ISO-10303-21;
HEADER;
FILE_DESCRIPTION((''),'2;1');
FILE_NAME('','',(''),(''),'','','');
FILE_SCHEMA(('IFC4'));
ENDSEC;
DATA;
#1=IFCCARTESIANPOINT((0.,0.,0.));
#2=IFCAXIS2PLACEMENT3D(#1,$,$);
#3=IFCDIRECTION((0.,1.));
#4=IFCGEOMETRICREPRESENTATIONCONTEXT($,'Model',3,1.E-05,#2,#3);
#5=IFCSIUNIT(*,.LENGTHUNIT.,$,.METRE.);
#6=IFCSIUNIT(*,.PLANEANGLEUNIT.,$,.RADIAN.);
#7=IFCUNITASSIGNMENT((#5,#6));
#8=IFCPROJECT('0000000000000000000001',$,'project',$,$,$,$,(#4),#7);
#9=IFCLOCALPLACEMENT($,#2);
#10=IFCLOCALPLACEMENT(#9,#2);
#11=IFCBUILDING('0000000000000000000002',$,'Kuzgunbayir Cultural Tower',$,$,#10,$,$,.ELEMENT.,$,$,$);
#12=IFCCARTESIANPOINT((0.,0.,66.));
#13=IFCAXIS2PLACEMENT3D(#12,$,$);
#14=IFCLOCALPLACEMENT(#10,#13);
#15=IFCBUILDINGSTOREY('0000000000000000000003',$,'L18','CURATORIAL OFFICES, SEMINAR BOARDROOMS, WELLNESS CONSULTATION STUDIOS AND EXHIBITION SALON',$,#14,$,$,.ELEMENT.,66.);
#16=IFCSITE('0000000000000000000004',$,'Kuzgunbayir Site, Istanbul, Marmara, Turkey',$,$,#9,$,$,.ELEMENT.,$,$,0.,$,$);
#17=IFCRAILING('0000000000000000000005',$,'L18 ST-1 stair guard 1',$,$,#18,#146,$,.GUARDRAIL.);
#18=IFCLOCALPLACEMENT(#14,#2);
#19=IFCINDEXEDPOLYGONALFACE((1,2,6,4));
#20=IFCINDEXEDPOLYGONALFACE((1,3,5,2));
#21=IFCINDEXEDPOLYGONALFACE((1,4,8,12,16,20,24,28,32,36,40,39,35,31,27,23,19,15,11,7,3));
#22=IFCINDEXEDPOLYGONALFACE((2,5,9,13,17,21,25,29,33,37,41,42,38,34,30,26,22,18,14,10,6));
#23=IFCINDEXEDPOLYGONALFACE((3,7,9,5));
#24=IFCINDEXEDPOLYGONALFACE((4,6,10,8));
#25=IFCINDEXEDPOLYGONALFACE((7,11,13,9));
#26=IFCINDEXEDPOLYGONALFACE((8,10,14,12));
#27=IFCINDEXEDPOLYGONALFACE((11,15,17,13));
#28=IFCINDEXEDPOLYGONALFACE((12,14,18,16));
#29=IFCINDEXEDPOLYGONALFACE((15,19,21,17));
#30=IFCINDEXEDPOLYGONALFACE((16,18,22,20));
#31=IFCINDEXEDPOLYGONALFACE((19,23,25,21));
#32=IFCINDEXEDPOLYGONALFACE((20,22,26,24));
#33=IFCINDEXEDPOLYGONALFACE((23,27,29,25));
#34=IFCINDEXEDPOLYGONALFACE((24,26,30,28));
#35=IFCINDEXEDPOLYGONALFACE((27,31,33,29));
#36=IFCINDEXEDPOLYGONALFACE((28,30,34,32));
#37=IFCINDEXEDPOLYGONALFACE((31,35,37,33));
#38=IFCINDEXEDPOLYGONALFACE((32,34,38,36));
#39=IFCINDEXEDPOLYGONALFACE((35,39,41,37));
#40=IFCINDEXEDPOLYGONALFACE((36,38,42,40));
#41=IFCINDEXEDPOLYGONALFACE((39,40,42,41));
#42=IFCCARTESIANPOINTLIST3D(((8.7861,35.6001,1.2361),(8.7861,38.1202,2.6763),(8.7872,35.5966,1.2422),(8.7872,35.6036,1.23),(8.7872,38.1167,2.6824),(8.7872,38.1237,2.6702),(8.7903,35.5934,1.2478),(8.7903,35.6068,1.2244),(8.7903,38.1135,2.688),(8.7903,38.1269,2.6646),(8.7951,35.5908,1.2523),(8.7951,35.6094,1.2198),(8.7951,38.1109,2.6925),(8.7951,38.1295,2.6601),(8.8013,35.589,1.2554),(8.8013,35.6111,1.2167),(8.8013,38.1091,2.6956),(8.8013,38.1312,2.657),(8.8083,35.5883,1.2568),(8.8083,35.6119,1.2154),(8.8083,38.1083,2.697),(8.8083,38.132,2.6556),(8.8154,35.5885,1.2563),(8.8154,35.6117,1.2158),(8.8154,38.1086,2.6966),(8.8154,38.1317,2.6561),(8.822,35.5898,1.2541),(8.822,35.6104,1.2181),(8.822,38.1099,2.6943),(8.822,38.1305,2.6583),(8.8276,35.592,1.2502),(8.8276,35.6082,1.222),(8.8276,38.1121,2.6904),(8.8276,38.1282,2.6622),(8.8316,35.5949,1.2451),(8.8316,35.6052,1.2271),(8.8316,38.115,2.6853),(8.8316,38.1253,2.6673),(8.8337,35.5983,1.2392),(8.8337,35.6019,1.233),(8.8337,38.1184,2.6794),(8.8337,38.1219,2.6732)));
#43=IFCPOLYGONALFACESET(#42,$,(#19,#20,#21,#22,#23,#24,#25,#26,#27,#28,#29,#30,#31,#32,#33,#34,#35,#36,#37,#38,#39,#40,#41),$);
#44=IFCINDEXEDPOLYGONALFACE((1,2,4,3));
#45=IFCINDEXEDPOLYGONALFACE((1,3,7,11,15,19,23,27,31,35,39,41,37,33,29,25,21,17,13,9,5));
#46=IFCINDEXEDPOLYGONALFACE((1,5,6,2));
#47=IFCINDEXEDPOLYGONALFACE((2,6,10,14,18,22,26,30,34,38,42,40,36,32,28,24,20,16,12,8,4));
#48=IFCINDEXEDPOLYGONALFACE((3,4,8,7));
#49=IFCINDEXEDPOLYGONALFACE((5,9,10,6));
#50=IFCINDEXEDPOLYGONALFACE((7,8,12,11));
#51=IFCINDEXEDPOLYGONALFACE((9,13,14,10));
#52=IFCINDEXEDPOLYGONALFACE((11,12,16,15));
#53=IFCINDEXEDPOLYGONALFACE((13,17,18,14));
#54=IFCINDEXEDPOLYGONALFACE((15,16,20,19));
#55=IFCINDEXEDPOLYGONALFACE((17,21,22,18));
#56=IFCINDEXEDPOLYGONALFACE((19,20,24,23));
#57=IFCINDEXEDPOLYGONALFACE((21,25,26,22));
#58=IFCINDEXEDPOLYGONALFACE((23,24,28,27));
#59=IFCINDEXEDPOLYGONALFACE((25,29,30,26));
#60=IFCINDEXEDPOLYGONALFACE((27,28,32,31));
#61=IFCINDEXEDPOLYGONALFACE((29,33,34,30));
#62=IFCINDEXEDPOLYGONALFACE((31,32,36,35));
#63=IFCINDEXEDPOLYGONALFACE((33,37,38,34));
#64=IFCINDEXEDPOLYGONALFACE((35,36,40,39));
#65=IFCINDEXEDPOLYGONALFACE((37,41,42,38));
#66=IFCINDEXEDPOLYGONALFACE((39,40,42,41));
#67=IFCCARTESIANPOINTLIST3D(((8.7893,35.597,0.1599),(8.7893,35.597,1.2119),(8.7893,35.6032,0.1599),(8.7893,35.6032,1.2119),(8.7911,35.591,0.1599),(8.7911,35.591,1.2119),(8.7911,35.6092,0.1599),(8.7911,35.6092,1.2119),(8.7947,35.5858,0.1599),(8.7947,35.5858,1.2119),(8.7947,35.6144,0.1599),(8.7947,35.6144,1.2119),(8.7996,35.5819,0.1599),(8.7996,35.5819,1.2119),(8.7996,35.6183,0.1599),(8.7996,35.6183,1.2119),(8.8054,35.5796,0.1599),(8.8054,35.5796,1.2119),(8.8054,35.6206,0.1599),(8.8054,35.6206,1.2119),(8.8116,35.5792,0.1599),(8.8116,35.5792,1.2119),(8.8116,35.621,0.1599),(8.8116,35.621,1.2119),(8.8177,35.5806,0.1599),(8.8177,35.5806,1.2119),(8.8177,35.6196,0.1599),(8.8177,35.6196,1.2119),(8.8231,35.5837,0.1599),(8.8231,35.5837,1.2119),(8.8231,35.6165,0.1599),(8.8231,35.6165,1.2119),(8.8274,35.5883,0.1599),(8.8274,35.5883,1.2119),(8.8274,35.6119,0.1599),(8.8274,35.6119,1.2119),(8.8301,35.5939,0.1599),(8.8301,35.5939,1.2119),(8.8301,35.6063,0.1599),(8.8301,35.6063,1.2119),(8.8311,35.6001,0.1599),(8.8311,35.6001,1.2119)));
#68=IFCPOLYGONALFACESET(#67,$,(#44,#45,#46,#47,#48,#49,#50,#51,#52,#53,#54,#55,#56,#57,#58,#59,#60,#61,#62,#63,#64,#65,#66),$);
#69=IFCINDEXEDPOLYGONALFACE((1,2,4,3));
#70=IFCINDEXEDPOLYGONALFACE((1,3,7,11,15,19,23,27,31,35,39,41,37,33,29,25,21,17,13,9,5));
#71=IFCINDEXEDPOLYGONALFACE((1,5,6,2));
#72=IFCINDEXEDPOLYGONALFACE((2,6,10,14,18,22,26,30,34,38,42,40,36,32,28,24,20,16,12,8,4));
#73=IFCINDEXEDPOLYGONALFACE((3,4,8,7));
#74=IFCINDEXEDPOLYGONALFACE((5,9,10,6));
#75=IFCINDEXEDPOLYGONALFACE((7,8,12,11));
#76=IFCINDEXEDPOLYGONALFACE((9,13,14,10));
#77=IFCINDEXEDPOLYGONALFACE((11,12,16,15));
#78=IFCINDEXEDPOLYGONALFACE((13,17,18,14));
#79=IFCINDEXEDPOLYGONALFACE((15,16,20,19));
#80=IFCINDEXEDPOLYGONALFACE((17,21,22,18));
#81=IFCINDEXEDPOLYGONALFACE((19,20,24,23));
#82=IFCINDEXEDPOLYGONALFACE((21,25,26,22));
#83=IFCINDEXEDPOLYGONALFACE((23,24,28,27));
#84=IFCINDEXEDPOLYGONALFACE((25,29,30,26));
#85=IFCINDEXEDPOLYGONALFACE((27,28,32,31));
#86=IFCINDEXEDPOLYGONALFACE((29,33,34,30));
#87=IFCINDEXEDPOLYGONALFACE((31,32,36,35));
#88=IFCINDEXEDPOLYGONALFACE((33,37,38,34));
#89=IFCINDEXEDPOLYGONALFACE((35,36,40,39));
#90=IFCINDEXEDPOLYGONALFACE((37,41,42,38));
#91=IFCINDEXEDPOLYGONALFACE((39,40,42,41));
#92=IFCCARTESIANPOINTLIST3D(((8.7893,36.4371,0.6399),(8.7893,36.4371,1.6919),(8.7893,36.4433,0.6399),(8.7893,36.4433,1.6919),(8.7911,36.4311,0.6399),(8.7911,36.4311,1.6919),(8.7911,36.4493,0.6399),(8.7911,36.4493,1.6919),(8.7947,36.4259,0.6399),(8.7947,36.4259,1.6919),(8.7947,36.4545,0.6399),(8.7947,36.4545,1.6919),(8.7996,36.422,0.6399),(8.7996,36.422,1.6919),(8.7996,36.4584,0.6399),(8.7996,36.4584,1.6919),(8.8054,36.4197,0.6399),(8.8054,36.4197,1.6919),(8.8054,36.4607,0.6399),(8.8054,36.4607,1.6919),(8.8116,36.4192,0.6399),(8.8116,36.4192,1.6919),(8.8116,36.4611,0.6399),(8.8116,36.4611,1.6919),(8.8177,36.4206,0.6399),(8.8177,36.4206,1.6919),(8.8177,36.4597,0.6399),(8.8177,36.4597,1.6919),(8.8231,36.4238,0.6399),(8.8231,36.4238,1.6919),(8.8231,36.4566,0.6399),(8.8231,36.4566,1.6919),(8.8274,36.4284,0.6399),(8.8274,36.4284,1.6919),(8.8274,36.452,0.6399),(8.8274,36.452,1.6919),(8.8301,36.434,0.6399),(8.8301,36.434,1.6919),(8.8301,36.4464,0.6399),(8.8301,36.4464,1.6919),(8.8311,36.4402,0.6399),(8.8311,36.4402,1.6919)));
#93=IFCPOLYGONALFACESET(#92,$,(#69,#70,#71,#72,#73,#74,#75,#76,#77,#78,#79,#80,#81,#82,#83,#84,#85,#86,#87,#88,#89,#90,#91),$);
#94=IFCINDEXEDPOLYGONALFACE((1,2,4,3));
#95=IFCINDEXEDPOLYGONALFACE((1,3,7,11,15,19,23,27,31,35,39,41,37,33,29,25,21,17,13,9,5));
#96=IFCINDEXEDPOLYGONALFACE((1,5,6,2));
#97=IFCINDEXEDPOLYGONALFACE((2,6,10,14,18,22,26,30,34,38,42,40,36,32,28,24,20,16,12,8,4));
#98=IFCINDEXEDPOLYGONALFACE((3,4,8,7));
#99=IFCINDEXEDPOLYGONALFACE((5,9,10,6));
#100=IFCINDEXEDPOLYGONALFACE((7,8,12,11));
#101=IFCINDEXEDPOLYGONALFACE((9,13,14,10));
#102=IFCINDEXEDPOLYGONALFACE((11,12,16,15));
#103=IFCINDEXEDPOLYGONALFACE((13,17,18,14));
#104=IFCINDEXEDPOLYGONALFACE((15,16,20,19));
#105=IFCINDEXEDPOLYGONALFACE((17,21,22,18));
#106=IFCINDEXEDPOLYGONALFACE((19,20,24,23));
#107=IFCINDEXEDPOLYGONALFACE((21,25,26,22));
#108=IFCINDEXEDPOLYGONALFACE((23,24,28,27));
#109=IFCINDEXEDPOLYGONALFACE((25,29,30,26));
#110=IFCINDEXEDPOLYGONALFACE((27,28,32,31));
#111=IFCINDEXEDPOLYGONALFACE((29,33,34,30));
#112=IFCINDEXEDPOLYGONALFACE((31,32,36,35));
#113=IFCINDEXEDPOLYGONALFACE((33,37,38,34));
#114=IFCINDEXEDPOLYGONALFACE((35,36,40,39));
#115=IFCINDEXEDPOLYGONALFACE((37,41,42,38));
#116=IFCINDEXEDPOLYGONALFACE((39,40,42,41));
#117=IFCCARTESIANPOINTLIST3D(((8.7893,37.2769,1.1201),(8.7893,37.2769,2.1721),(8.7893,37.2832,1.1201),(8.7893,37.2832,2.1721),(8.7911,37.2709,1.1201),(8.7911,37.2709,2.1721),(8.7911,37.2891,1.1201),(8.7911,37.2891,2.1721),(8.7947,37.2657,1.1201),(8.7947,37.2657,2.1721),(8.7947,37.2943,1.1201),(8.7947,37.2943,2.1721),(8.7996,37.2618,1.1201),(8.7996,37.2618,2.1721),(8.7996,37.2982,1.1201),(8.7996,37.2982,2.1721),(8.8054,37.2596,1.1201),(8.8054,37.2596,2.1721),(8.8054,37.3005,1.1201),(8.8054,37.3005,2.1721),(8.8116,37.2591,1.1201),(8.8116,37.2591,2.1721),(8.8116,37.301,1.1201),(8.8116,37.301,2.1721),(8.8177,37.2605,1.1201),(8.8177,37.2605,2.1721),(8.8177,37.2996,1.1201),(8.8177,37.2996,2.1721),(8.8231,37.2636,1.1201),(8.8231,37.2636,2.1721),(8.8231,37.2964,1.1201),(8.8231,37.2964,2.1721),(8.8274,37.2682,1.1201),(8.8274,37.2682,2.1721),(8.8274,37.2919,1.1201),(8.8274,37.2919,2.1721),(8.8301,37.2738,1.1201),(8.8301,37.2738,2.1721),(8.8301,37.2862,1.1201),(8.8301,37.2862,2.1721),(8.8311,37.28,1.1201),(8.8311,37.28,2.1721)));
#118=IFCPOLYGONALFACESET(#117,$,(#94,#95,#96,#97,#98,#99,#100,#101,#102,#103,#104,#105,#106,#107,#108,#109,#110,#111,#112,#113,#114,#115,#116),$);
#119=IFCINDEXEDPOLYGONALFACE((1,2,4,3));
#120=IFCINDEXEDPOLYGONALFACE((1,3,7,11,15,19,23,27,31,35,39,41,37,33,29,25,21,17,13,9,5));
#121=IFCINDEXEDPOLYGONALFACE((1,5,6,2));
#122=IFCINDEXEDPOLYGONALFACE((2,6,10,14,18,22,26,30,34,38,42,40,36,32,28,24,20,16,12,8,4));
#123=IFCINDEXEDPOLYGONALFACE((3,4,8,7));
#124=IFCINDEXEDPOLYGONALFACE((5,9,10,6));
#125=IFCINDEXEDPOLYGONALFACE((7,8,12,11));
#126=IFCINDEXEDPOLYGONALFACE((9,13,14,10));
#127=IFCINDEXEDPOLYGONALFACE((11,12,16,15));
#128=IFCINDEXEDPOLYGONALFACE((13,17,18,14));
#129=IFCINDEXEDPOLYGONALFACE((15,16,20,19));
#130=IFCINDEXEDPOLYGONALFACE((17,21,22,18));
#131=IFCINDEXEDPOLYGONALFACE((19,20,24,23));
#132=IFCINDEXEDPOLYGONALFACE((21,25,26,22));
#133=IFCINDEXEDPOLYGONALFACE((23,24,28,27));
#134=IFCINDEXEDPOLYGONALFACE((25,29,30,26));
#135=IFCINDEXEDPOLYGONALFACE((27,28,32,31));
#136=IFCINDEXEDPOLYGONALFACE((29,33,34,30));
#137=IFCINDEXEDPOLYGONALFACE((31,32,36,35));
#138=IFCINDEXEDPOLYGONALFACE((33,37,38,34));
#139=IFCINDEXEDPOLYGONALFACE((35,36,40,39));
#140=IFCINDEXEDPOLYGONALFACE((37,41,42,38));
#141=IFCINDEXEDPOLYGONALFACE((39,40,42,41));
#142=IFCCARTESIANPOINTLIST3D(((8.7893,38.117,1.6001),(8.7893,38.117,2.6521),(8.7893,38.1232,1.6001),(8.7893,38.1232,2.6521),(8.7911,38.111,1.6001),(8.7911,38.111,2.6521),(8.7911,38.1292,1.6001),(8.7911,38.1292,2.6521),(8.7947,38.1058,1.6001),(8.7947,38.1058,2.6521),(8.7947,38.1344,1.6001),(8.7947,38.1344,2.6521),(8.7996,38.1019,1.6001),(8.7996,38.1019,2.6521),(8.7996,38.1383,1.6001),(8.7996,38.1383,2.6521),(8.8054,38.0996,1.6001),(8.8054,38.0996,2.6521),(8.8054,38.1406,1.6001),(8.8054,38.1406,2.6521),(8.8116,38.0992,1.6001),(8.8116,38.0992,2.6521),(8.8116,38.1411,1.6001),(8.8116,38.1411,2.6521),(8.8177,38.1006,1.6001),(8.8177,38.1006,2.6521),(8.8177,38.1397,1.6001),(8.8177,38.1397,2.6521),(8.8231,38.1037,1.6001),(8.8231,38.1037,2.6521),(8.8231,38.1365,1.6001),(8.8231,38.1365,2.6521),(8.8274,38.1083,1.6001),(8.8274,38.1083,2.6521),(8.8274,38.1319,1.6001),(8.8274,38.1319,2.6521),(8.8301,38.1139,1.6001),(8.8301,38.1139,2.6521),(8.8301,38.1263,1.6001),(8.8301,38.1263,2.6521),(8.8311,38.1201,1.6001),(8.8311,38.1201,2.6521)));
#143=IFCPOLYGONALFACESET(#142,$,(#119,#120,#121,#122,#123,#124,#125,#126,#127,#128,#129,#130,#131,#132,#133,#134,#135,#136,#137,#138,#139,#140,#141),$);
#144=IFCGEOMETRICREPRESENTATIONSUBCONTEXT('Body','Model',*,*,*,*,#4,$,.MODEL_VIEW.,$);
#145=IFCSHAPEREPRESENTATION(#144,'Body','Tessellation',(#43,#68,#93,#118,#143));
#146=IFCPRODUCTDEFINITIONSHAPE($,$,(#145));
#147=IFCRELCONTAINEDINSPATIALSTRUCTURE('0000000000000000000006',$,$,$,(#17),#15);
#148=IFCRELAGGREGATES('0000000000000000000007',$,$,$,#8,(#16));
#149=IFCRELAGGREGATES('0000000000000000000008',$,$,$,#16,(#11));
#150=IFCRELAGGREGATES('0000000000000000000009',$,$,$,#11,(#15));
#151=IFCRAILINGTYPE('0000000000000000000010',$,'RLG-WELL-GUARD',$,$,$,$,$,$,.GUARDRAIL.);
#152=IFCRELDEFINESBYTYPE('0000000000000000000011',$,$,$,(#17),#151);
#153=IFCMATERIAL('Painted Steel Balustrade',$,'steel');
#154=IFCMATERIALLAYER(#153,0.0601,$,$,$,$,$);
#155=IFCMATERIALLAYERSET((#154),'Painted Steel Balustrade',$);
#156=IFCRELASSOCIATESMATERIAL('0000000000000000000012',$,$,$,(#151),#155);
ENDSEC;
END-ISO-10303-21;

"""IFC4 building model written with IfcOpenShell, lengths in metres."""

from ifc_helpers import new_model, si_unit, direction, frame, origin, origin_2d, place, context, subcontext, project, spatial, circle, extrude, material, layer, layer_set, type_object, element, save


model = new_model("IFC4")

# Units and contexts
model_context = context("Model", 3, precision=1e-05, world=origin(), true_north=direction((0.0, 1.0)))
body_context = subcontext(model_context, "Body", "Model", "MODEL_VIEW")
ifc_project = project(units=[si_unit("LENGTHUNIT", "METRE"), si_unit("PLANEANGLEUNIT", "RADIAN")], contexts=[model_context])

# Site, building, storey
site_placement = place(None, origin())
site = spatial("IfcSite", under=ifc_project, at=site_placement, Name="Kuzgunbayir Site, Istanbul, Marmara, Turkey", CompositionType="ELEMENT", RefElevation=0.0)
building_placement = place(site_placement, origin())
building = spatial("IfcBuilding", under=site, at=building_placement, Name="Kuzgunbayir Cultural Tower", CompositionType="ELEMENT")
storey_placement = place(building_placement, frame((0.0, 0.0, 66.0)))
storey = spatial("IfcBuildingStorey", under=building, at=storey_placement, Name="L18", Description="CURATORIAL OFFICES, SEMINAR BOARDROOMS, WELLNESS CONSULTATION STUDIOS AND EXHIBITION SALON", CompositionType="ELEMENT", Elevation=66.0)

# Railing
ifc_material_1 = material(Name="Painted Steel Balustrade", Category="steel")
ifc_layer_1 = layer(ifc_material_1, 0.0601)
ifc_layer_set_1 = layer_set([ifc_layer_1], Name="Painted Steel Balustrade")
railing_type_1 = type_object("IfcRailingType", Name="RLG-WELL-GUARD", PredefinedType="GUARDRAIL", material=ifc_layer_set_1)
railing_1_placement = place(storey_placement, frame((8.8101, 35.6001, 0.1599)))
element("IfcRailing", 1, at=railing_1_placement, inside=storey, type_object=railing_type_1, Name="L18 ST-1 stair guard 1", PredefinedType="GUARDRAIL", context=body_context, shape_type="SweptSolid", body=[
    extrude(circle(Radius=0.0239, at=origin_2d()), frame((0.0, 0.0, 1.0762), z_axis=(0.0, 0.868217, 0.496184), x_axis=(-1.0, 0.0, 0.0)), (0.0, 0.0, 1.0), 2.9026),
    extrude(circle(Radius=0.021, at=origin_2d()), origin(), (0.0, 0.0, 1.0), 1.052),
    extrude(circle(Radius=0.021, at=origin_2d()), frame((0.0, 0.8401, 0.48)), (0.0, 0.0, 1.0), 1.052),
    extrude(circle(Radius=0.021, at=origin_2d()), frame((0.0, 1.6799, 0.9602)), (0.0, 0.0, 1.0), 1.052),
    extrude(circle(Radius=0.021, at=origin_2d()), frame((0.0, 2.52, 1.4402)), (0.0, 0.0, 1.0), 1.052),
])

save(model, "model.ifc")
